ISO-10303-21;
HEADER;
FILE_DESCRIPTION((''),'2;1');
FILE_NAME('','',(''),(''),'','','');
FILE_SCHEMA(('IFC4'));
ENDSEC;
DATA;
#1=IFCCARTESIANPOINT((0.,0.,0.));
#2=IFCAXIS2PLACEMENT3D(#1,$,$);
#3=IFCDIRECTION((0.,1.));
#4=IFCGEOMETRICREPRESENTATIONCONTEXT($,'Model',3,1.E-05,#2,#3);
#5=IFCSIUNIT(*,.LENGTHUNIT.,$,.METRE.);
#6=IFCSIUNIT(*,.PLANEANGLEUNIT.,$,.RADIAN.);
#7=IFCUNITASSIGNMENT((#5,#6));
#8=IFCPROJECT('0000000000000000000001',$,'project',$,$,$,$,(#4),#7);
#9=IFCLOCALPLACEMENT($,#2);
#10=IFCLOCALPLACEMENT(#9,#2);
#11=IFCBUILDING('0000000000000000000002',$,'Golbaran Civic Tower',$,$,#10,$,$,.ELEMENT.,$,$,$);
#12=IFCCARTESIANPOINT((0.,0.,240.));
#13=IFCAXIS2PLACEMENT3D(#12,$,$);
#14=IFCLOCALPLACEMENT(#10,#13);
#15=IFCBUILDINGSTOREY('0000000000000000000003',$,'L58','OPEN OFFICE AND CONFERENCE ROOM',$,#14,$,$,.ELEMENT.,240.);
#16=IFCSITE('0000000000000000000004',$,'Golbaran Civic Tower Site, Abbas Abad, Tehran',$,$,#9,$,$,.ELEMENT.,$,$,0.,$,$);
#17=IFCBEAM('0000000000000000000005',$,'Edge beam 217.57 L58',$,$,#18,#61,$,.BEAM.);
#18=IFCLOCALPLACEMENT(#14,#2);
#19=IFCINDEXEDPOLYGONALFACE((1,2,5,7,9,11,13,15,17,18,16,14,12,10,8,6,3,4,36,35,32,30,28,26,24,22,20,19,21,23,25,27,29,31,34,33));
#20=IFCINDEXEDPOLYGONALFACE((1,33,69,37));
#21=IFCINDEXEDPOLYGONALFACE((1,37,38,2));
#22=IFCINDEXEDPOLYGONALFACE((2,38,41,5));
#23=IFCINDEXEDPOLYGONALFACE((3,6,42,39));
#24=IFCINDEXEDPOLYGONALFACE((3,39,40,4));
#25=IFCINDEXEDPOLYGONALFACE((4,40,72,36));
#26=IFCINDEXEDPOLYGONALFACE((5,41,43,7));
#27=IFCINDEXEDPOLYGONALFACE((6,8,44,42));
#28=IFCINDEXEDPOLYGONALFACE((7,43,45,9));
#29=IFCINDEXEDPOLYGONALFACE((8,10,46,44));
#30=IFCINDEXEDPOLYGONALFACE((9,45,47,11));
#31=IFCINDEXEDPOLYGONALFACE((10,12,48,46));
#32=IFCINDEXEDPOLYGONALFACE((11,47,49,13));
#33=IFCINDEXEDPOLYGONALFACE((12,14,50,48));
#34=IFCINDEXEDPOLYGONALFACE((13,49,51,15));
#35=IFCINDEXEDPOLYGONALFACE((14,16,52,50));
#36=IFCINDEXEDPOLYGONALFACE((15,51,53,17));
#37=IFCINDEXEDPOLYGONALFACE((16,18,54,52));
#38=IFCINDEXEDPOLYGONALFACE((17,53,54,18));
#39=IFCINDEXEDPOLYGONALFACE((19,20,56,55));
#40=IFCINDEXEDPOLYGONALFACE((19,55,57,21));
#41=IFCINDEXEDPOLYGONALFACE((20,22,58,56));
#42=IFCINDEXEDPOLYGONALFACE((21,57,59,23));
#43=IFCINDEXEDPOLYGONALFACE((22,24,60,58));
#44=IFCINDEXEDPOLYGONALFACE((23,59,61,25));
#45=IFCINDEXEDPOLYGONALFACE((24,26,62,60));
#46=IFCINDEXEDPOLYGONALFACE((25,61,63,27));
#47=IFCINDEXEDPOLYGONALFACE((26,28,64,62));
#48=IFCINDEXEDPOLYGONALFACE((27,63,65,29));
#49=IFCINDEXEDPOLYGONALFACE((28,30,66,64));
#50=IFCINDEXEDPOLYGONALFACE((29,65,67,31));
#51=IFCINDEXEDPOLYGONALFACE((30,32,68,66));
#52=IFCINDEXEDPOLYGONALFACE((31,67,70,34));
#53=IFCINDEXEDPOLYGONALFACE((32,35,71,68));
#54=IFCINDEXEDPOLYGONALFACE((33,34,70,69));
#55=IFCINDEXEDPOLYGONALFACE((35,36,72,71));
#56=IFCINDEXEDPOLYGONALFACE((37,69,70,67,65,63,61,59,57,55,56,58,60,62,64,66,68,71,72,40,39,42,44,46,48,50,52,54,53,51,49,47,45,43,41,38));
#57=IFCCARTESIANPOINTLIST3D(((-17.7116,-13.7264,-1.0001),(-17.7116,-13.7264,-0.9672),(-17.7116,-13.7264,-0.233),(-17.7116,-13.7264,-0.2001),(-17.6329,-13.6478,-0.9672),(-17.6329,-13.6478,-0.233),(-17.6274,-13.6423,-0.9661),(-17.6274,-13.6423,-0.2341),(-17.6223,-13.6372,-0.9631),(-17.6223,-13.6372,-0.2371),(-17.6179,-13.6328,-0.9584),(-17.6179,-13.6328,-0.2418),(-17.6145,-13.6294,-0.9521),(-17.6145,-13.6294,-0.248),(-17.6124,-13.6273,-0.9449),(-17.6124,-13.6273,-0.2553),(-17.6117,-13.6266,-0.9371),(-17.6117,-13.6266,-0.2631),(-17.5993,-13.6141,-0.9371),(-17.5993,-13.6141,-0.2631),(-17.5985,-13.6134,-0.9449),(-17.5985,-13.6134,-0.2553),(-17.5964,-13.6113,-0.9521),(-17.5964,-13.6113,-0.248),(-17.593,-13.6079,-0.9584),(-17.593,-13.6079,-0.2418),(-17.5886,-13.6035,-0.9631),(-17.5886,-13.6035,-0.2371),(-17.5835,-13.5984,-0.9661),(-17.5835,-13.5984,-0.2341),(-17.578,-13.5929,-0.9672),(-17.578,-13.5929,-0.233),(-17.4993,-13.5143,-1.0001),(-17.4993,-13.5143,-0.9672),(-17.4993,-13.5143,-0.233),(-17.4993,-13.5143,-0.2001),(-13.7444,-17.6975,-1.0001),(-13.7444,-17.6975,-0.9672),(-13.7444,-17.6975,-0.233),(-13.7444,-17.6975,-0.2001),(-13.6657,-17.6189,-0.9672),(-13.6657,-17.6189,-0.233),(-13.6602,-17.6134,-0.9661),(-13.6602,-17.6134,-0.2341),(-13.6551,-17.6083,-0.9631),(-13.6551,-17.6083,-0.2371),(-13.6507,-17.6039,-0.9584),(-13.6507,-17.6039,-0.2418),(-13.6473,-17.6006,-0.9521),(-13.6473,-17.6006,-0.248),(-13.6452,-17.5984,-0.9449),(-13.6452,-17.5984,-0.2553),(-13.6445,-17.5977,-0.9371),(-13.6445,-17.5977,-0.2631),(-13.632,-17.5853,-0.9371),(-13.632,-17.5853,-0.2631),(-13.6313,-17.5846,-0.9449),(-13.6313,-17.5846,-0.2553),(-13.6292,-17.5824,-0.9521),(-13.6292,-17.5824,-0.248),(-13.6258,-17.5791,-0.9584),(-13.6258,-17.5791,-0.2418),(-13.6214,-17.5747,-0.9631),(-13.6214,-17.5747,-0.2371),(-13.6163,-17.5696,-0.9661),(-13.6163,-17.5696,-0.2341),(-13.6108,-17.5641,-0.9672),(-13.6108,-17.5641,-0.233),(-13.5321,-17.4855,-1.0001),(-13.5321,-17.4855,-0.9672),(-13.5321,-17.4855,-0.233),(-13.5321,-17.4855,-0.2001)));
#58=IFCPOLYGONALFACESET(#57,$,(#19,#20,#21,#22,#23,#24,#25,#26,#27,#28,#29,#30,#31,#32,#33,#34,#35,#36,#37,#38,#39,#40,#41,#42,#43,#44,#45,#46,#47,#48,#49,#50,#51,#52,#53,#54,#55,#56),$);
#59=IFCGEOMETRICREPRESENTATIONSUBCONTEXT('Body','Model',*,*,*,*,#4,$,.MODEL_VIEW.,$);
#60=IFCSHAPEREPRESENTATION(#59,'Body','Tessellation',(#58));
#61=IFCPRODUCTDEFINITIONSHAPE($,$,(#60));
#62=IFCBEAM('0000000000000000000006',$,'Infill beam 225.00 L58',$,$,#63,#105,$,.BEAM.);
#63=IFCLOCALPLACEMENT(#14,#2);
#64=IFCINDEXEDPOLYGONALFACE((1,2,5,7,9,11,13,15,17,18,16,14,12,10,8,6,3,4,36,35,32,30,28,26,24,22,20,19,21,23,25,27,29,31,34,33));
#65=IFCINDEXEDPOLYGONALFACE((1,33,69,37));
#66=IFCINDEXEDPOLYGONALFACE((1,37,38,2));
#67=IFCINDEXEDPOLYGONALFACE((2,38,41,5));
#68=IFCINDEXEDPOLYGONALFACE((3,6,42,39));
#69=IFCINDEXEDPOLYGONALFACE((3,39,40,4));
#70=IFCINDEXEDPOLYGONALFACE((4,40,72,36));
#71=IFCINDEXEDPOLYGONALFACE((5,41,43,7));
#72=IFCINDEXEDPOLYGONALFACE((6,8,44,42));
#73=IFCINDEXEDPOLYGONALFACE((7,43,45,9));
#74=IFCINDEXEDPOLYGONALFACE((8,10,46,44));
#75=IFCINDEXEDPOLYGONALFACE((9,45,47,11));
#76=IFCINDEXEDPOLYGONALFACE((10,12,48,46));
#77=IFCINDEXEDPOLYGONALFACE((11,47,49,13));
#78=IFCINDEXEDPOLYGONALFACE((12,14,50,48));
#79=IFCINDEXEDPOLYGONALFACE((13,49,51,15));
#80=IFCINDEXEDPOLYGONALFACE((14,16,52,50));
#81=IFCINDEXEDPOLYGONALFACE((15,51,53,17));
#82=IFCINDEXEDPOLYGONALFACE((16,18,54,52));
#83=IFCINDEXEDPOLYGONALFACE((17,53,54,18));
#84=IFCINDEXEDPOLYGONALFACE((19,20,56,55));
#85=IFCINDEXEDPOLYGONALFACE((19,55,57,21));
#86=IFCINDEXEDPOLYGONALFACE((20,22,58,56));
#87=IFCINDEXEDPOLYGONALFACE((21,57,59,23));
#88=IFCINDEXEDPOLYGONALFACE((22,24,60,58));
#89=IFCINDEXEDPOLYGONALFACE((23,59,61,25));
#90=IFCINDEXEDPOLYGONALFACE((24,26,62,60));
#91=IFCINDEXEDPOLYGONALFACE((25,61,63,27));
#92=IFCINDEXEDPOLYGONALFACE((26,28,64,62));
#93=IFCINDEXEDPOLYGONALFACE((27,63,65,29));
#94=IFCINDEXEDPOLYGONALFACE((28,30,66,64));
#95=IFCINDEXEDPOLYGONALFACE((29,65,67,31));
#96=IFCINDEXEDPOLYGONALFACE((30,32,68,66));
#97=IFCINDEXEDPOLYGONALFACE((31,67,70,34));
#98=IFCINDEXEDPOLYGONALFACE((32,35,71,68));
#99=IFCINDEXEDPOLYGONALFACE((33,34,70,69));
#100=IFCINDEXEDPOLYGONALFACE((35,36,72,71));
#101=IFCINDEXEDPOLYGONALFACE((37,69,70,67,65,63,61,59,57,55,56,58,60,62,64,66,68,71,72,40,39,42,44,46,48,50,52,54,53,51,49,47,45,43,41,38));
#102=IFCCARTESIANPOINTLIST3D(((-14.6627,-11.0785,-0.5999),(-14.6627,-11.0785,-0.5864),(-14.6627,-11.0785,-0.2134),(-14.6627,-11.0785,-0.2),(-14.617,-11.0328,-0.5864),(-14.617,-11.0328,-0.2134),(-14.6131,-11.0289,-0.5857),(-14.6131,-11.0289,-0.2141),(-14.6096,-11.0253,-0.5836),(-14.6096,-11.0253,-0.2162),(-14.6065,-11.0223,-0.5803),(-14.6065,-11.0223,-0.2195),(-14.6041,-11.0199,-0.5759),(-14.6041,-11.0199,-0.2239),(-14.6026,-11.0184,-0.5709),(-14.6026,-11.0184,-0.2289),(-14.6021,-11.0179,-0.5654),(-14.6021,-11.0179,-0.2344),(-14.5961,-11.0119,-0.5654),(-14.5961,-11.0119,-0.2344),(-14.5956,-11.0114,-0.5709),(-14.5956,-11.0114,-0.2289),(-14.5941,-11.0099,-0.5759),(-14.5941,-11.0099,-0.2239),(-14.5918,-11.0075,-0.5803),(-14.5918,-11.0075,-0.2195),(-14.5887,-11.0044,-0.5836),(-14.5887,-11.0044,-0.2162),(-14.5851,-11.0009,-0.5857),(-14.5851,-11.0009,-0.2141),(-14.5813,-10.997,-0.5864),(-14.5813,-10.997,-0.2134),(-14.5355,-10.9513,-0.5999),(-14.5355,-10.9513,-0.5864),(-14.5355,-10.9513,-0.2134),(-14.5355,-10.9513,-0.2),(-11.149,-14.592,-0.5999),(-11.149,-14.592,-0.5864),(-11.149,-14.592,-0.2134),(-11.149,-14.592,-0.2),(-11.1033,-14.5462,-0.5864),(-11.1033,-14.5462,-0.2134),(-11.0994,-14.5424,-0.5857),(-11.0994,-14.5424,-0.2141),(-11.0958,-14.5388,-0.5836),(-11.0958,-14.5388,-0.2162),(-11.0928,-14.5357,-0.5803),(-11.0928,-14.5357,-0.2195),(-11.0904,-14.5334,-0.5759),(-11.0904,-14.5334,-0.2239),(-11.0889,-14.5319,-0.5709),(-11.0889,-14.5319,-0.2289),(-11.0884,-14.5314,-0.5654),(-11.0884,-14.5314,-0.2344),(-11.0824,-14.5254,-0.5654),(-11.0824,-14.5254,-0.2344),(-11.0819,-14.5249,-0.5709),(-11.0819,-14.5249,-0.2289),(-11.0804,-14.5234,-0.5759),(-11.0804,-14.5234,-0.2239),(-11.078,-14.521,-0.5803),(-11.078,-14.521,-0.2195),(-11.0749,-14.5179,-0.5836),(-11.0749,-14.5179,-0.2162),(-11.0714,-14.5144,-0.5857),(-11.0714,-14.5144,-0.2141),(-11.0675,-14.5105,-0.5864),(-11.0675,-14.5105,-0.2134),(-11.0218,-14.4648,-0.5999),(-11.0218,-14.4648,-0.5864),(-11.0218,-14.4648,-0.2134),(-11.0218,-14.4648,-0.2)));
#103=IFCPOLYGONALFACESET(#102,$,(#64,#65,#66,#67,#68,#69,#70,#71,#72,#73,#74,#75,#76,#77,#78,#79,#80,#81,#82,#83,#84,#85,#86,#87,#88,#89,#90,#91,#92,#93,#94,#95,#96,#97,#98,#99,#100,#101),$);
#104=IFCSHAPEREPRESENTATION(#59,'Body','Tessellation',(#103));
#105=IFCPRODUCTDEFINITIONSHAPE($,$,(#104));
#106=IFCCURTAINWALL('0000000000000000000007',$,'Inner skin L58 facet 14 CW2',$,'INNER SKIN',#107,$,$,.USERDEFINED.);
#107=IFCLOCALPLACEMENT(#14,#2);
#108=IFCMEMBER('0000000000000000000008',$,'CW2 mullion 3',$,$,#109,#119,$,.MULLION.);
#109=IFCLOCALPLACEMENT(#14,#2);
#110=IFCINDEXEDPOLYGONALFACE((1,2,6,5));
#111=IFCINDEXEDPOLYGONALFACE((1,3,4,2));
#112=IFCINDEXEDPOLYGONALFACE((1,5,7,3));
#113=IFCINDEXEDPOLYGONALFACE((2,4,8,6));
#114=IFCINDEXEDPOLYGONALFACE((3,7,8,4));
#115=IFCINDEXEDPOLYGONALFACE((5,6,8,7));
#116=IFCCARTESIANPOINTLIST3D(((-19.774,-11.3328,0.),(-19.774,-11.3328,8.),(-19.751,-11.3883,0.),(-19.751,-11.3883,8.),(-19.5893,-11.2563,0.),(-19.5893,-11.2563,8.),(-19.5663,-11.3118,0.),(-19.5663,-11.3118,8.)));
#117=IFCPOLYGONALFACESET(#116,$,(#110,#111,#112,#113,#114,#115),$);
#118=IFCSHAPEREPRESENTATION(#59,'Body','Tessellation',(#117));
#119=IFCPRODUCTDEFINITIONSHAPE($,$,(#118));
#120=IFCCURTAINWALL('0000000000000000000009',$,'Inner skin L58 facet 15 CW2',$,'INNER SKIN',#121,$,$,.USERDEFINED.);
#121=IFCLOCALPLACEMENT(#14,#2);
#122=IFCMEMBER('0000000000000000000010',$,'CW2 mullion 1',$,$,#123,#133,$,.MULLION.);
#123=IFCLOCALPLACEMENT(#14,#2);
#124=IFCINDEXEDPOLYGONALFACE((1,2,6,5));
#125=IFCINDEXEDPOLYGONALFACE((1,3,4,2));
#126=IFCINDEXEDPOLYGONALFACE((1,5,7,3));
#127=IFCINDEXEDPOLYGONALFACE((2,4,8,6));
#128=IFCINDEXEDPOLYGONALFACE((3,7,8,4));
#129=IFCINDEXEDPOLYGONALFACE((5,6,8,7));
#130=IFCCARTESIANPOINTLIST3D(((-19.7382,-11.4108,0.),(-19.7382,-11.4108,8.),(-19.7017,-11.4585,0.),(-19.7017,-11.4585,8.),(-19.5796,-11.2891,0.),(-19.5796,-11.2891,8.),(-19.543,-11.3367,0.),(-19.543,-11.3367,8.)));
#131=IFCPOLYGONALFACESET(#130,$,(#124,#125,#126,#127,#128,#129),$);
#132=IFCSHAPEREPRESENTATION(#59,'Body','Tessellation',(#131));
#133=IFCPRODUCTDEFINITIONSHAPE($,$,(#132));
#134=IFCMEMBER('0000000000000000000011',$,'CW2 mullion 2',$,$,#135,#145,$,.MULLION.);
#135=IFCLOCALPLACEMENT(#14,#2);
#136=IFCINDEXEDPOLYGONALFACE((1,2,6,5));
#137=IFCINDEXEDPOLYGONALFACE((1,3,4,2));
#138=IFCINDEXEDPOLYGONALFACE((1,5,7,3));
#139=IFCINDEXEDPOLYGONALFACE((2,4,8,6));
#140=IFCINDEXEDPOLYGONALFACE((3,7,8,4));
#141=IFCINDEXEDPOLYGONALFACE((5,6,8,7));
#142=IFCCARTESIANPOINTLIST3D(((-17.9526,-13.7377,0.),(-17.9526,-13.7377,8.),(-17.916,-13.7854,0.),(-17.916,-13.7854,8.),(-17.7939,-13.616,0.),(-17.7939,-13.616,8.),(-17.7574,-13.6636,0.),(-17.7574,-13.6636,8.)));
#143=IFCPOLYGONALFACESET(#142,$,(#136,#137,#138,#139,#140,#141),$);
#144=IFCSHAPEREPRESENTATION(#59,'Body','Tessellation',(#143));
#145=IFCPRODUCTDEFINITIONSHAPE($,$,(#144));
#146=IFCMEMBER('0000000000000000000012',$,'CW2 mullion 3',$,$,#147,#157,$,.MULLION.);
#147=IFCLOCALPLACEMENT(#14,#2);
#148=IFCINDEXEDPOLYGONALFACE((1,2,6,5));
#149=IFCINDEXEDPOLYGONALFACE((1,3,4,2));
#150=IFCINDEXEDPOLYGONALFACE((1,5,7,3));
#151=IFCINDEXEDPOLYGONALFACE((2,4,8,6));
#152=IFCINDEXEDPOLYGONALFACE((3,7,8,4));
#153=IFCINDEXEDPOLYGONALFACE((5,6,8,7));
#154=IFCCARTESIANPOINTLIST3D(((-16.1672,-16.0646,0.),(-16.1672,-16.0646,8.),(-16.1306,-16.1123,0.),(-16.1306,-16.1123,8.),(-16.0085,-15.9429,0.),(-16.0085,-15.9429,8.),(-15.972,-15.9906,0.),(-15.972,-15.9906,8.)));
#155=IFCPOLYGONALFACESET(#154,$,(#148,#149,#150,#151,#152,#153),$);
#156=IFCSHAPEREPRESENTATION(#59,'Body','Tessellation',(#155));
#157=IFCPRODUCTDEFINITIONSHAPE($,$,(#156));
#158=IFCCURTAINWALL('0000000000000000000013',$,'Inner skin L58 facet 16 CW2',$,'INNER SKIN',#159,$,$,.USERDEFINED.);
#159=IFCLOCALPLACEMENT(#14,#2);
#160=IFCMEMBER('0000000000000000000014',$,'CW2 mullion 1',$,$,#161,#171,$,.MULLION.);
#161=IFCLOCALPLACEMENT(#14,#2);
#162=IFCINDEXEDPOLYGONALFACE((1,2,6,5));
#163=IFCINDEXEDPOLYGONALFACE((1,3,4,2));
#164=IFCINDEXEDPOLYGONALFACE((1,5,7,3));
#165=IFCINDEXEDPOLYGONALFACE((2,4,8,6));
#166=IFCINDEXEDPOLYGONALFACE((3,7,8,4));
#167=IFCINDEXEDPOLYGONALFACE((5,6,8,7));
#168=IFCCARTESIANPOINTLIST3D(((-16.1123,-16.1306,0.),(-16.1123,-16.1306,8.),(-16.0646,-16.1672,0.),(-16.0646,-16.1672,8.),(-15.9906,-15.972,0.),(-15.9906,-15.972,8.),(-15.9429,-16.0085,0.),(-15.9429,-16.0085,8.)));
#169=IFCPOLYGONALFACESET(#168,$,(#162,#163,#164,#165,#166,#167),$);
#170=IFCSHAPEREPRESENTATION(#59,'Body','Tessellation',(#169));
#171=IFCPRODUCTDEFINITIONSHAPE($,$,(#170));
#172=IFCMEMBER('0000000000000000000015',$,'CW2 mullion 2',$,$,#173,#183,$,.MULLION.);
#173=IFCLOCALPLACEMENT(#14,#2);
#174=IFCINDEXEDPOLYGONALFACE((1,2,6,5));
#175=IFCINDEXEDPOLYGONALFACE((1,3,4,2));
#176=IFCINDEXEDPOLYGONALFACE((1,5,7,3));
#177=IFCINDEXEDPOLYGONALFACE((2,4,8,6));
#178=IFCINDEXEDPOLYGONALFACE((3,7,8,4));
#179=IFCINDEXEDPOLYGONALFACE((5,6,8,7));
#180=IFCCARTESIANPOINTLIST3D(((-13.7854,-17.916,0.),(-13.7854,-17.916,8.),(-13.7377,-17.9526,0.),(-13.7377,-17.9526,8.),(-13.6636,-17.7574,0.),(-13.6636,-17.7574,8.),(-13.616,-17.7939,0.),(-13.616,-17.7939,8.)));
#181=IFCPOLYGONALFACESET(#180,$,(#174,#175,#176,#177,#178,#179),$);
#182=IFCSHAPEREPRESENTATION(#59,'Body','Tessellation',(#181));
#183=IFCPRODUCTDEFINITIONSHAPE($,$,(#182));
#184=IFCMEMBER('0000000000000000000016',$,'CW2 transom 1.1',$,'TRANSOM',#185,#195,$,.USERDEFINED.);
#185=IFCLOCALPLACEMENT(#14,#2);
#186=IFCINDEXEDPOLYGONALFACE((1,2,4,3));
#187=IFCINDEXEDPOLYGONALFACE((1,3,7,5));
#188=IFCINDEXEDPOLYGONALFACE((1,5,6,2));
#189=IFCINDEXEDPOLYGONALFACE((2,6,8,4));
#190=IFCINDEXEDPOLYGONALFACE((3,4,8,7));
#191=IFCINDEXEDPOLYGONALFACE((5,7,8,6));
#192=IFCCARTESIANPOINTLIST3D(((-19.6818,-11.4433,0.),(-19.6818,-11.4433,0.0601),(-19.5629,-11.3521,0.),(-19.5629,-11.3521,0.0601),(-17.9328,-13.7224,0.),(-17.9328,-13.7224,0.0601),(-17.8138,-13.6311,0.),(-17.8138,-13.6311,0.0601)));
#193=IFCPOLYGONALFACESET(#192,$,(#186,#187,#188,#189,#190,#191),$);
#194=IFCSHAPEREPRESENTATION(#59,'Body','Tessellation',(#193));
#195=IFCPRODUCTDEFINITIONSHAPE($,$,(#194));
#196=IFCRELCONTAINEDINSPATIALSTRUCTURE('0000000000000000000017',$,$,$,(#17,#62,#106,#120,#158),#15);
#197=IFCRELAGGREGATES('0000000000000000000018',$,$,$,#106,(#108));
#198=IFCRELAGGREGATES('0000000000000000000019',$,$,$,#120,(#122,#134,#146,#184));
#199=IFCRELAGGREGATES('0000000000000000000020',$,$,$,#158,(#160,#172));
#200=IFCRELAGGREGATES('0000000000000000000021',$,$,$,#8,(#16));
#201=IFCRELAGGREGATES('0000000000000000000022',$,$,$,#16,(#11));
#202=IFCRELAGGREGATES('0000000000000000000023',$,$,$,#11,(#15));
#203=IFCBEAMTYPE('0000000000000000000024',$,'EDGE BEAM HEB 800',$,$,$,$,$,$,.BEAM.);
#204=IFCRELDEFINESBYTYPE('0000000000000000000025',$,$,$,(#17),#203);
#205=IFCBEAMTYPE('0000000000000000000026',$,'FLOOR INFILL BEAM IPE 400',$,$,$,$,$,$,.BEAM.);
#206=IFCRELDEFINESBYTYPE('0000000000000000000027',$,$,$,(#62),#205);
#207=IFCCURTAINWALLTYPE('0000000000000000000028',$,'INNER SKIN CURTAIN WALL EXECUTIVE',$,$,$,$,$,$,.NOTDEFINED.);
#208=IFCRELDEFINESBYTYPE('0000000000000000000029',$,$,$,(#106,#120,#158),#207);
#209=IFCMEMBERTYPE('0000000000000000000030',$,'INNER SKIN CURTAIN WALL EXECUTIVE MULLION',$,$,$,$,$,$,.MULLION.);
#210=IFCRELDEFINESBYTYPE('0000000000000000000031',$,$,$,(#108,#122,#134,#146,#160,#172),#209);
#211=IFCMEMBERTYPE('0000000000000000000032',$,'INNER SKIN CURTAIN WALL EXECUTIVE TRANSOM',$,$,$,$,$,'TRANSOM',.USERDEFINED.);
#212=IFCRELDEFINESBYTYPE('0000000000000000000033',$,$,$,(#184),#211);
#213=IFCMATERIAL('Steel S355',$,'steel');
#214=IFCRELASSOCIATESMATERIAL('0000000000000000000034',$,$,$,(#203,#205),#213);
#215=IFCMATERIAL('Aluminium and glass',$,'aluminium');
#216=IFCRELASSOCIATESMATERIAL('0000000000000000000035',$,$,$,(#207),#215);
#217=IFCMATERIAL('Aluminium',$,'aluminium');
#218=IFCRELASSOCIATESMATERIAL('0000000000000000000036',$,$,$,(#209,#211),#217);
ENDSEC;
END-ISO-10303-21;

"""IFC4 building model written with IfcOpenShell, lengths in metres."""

from ifc_helpers import new_model, si_unit, direction, frame, origin, origin_2d, place, context, subcontext, project, spatial, rectangle, i_section, extrude, material, material_profile, profile_set, type_object, element, aggregate, save


model = new_model("IFC4")

# Units and contexts
model_context = context("Model", 3, precision=1e-05, world=origin(), true_north=direction((0.0, 1.0)))
body_context = subcontext(model_context, "Body", "Model", "MODEL_VIEW")
ifc_project = project(units=[si_unit("LENGTHUNIT", "METRE"), si_unit("PLANEANGLEUNIT", "RADIAN")], contexts=[model_context])

# Site, building, storey
site_placement = place(None, origin())
site = spatial("IfcSite", under=ifc_project, at=site_placement, Name="Golbaran Civic Tower Site, Abbas Abad, Tehran", CompositionType="ELEMENT", RefElevation=0.0)
building_placement = place(site_placement, origin())
building = spatial("IfcBuilding", under=site, at=building_placement, Name="Golbaran Civic Tower", CompositionType="ELEMENT")
storey_placement = place(building_placement, frame((0.0, 0.0, 240.0)))
storey = spatial("IfcBuildingStorey", under=building, at=storey_placement, Name="L58", Description="OPEN OFFICE AND CONFERENCE ROOM", CompositionType="ELEMENT", Elevation=240.0)

# Beams
ifc_material_1 = material(Name="Steel S355", Category="steel")
ifc_material_profile_1 = material_profile(ifc_material_1, i_section(OverallWidth=0.3, OverallDepth=0.8, WebThickness=0.0176, FlangeThickness=0.033, FilletRadius=0.03, at=origin_2d()), Name="HEB 800")
ifc_profile_set_1 = profile_set([ifc_material_profile_1], Name="Steel S355")
beam_type_1 = type_object("IfcBeamType", Name="EDGE BEAM HEB 800", PredefinedType="BEAM", material=ifc_profile_set_1)
beam_1_placement = place(storey_placement, frame((-17.6055, -13.6204, -0.6001), z_axis=(0.706759, -0.707455, 0.0), x_axis=(0.707455, 0.706759, 0.0)))
element("IfcBeam", 1, at=beam_1_placement, inside=storey, type_object=beam_type_1, Name="Edge beam 217.57 L58", PredefinedType="BEAM", context=body_context, shape_type="SweptSolid", body=[
    extrude(i_section(OverallWidth=0.3, OverallDepth=0.8, WebThickness=0.0176, FlangeThickness=0.033, FilletRadius=0.03, at=origin_2d()), origin(), (0.0, 0.0, 1.0), 5.6133),
])
ifc_material_profile_2 = material_profile(ifc_material_1, i_section(OverallWidth=0.1799, OverallDepth=0.3999, WebThickness=0.0085, FlangeThickness=0.0134, FilletRadius=0.021, at=origin_2d()), Name="IPE 400")
ifc_profile_set_2 = profile_set([ifc_material_profile_2], Name="Steel S355")
beam_type_2 = type_object("IfcBeamType", Name="FLOOR INFILL BEAM IPE 400", PredefinedType="BEAM", material=ifc_profile_set_2)
beam_2_placement = place(storey_placement, frame((-14.5991, -11.0149, -0.3999), z_axis=(0.707131, -0.707082, 0.0), x_axis=(0.707082, 0.707131, 0.0)))
element("IfcBeam", 2, at=beam_2_placement, inside=storey, type_object=beam_type_2, Name="Infill beam 225.00 L58", PredefinedType="BEAM", context=body_context, shape_type="SweptSolid", body=[
    extrude(i_section(OverallWidth=0.1799, OverallDepth=0.3999, WebThickness=0.0085, FlangeThickness=0.0134, FilletRadius=0.021, at=origin_2d()), origin(), (0.0, 0.0, 1.0), 4.969),
])

# Curtain wall, member
ifc_material_2 = material(Name="Aluminium and glass", Category="aluminium")
curtain_wall_type = type_object("IfcCurtainWallType", Name="INNER SKIN CURTAIN WALL EXECUTIVE", PredefinedType="NOTDEFINED", material=ifc_material_2)
curtain_wall_1_placement = place(storey_placement, origin())
curtain_wall_1 = element("IfcCurtainWall", 3, at=curtain_wall_1_placement, inside=storey, type_object=curtain_wall_type, Name="Inner skin L58 facet 14 CW2", ObjectType="INNER SKIN", PredefinedType="USERDEFINED")
ifc_material_3 = material(Name="Aluminium", Category="aluminium")
ifc_material_profile_3 = material_profile(ifc_material_3, rectangle(XDim=0.2, YDim=0.0601, at=origin_2d()), Name="INNER SKIN CURTAIN WALL EXECUTIVE MULLION")
ifc_profile_set_3 = profile_set([ifc_material_profile_3], Name="Aluminium")
member_type_1 = type_object("IfcMemberType", Name="INNER SKIN CURTAIN WALL EXECUTIVE MULLION", PredefinedType="MULLION", material=ifc_profile_set_3)
member_1_placement = place(storey_placement, frame((-19.6702, -11.3223, 0.0), z_axis=(0.0, 0.0, 1.0), x_axis=(0.92388, 0.382683, 0.0)))
member_1 = element("IfcMember", 4, at=member_1_placement, type_object=member_type_1, Name="CW2 mullion 3", PredefinedType="MULLION", context=body_context, shape_type="SweptSolid", body=[
    extrude(rectangle(XDim=0.2, YDim=0.0601, at=origin_2d()), origin(), (0.0, 0.0, 1.0), 8.0),
])

# Curtain walls, members
curtain_wall_2_placement = place(storey_placement, origin())
curtain_wall_2 = element("IfcCurtainWall", 5, at=curtain_wall_2_placement, inside=storey, type_object=curtain_wall_type, Name="Inner skin L58 facet 15 CW2", ObjectType="INNER SKIN", PredefinedType="USERDEFINED")
member_2_placement = place(storey_placement, frame((-19.6406, -11.3738, 0.0), z_axis=(0.0, 0.0, 1.0), x_axis=(0.793353, 0.608761, 0.0)))
member_2 = element("IfcMember", 6, at=member_2_placement, type_object=member_type_1, Name="CW2 mullion 1", PredefinedType="MULLION", context=body_context, shape_type="SweptSolid", body=[
    extrude(rectangle(XDim=0.2, YDim=0.0601, at=origin_2d()), origin(), (0.0, 0.0, 1.0), 8.0),
])
member_3_placement = place(storey_placement, frame((-17.855, -13.7007, 0.0), z_axis=(0.0, 0.0, 1.0), x_axis=(0.793353, 0.608761, 0.0)))
member_3 = element("IfcMember", 7, at=member_3_placement, type_object=member_type_1, Name="CW2 mullion 2", PredefinedType="MULLION", context=body_context, shape_type="SweptSolid", body=[
    extrude(rectangle(XDim=0.2, YDim=0.0601, at=origin_2d()), origin(), (0.0, 0.0, 1.0), 8.0),
])
member_4_placement = place(storey_placement, frame((-16.0696, -16.0276, 0.0), z_axis=(0.0, 0.0, 1.0), x_axis=(0.793353, 0.608761, 0.0)))
member_4 = element("IfcMember", 8, at=member_4_placement, type_object=member_type_1, Name="CW2 mullion 3", PredefinedType="MULLION", context=body_context, shape_type="SweptSolid", body=[
    extrude(rectangle(XDim=0.2, YDim=0.0601, at=origin_2d()), origin(), (0.0, 0.0, 1.0), 8.0),
])
curtain_wall_3_placement = place(storey_placement, origin())
curtain_wall_3 = element("IfcCurtainWall", 9, at=curtain_wall_3_placement, inside=storey, type_object=curtain_wall_type, Name="Inner skin L58 facet 16 CW2", ObjectType="INNER SKIN", PredefinedType="USERDEFINED")
member_5_placement = place(storey_placement, frame((-16.0276, -16.0696, 0.0), z_axis=(0.0, 0.0, 1.0), x_axis=(0.608761, 0.793353, 0.0)))
member_5 = element("IfcMember", 10, at=member_5_placement, type_object=member_type_1, Name="CW2 mullion 1", PredefinedType="MULLION", context=body_context, shape_type="SweptSolid", body=[
    extrude(rectangle(XDim=0.2, YDim=0.0601, at=origin_2d()), origin(), (0.0, 0.0, 1.0), 8.0),
])
member_6_placement = place(storey_placement, frame((-13.7007, -17.855, 0.0), z_axis=(0.0, 0.0, 1.0), x_axis=(0.608761, 0.793353, 0.0)))
member_6 = element("IfcMember", 11, at=member_6_placement, type_object=member_type_1, Name="CW2 mullion 2", PredefinedType="MULLION", context=body_context, shape_type="SweptSolid", body=[
    extrude(rectangle(XDim=0.2, YDim=0.0601, at=origin_2d()), origin(), (0.0, 0.0, 1.0), 8.0),
])

# Member
ifc_material_profile_4 = material_profile(ifc_material_3, rectangle(XDim=0.1499, YDim=0.0601, at=origin_2d()), Name="INNER SKIN CURTAIN WALL EXECUTIVE TRANSOM")
ifc_profile_set_4 = profile_set([ifc_material_profile_4], Name="Aluminium")
member_type_2 = type_object("IfcMemberType", Name="INNER SKIN CURTAIN WALL EXECUTIVE TRANSOM", ElementType="TRANSOM", PredefinedType="USERDEFINED", material=ifc_profile_set_4)
member_7_placement = place(storey_placement, frame((-19.6223, -11.3977, 0.03), z_axis=(0.608815, -0.793312, 0.0), x_axis=(0.793312, 0.608815, 0.0)))
member_7 = element("IfcMember", 12, at=member_7_placement, type_object=member_type_2, Name="CW2 transom 1.1", ObjectType="TRANSOM", PredefinedType="USERDEFINED", context=body_context, shape_type="SweptSolid", body=[
    extrude(rectangle(XDim=0.1499, YDim=0.0601, at=origin_2d()), origin(), (0.0, 0.0, 1.0), 2.8728),
])

aggregate(curtain_wall_1, [member_1])
aggregate(curtain_wall_2, [member_2, member_3, member_4, member_7])
aggregate(curtain_wall_3, [member_5, member_6])

save(model, "model.ifc")
